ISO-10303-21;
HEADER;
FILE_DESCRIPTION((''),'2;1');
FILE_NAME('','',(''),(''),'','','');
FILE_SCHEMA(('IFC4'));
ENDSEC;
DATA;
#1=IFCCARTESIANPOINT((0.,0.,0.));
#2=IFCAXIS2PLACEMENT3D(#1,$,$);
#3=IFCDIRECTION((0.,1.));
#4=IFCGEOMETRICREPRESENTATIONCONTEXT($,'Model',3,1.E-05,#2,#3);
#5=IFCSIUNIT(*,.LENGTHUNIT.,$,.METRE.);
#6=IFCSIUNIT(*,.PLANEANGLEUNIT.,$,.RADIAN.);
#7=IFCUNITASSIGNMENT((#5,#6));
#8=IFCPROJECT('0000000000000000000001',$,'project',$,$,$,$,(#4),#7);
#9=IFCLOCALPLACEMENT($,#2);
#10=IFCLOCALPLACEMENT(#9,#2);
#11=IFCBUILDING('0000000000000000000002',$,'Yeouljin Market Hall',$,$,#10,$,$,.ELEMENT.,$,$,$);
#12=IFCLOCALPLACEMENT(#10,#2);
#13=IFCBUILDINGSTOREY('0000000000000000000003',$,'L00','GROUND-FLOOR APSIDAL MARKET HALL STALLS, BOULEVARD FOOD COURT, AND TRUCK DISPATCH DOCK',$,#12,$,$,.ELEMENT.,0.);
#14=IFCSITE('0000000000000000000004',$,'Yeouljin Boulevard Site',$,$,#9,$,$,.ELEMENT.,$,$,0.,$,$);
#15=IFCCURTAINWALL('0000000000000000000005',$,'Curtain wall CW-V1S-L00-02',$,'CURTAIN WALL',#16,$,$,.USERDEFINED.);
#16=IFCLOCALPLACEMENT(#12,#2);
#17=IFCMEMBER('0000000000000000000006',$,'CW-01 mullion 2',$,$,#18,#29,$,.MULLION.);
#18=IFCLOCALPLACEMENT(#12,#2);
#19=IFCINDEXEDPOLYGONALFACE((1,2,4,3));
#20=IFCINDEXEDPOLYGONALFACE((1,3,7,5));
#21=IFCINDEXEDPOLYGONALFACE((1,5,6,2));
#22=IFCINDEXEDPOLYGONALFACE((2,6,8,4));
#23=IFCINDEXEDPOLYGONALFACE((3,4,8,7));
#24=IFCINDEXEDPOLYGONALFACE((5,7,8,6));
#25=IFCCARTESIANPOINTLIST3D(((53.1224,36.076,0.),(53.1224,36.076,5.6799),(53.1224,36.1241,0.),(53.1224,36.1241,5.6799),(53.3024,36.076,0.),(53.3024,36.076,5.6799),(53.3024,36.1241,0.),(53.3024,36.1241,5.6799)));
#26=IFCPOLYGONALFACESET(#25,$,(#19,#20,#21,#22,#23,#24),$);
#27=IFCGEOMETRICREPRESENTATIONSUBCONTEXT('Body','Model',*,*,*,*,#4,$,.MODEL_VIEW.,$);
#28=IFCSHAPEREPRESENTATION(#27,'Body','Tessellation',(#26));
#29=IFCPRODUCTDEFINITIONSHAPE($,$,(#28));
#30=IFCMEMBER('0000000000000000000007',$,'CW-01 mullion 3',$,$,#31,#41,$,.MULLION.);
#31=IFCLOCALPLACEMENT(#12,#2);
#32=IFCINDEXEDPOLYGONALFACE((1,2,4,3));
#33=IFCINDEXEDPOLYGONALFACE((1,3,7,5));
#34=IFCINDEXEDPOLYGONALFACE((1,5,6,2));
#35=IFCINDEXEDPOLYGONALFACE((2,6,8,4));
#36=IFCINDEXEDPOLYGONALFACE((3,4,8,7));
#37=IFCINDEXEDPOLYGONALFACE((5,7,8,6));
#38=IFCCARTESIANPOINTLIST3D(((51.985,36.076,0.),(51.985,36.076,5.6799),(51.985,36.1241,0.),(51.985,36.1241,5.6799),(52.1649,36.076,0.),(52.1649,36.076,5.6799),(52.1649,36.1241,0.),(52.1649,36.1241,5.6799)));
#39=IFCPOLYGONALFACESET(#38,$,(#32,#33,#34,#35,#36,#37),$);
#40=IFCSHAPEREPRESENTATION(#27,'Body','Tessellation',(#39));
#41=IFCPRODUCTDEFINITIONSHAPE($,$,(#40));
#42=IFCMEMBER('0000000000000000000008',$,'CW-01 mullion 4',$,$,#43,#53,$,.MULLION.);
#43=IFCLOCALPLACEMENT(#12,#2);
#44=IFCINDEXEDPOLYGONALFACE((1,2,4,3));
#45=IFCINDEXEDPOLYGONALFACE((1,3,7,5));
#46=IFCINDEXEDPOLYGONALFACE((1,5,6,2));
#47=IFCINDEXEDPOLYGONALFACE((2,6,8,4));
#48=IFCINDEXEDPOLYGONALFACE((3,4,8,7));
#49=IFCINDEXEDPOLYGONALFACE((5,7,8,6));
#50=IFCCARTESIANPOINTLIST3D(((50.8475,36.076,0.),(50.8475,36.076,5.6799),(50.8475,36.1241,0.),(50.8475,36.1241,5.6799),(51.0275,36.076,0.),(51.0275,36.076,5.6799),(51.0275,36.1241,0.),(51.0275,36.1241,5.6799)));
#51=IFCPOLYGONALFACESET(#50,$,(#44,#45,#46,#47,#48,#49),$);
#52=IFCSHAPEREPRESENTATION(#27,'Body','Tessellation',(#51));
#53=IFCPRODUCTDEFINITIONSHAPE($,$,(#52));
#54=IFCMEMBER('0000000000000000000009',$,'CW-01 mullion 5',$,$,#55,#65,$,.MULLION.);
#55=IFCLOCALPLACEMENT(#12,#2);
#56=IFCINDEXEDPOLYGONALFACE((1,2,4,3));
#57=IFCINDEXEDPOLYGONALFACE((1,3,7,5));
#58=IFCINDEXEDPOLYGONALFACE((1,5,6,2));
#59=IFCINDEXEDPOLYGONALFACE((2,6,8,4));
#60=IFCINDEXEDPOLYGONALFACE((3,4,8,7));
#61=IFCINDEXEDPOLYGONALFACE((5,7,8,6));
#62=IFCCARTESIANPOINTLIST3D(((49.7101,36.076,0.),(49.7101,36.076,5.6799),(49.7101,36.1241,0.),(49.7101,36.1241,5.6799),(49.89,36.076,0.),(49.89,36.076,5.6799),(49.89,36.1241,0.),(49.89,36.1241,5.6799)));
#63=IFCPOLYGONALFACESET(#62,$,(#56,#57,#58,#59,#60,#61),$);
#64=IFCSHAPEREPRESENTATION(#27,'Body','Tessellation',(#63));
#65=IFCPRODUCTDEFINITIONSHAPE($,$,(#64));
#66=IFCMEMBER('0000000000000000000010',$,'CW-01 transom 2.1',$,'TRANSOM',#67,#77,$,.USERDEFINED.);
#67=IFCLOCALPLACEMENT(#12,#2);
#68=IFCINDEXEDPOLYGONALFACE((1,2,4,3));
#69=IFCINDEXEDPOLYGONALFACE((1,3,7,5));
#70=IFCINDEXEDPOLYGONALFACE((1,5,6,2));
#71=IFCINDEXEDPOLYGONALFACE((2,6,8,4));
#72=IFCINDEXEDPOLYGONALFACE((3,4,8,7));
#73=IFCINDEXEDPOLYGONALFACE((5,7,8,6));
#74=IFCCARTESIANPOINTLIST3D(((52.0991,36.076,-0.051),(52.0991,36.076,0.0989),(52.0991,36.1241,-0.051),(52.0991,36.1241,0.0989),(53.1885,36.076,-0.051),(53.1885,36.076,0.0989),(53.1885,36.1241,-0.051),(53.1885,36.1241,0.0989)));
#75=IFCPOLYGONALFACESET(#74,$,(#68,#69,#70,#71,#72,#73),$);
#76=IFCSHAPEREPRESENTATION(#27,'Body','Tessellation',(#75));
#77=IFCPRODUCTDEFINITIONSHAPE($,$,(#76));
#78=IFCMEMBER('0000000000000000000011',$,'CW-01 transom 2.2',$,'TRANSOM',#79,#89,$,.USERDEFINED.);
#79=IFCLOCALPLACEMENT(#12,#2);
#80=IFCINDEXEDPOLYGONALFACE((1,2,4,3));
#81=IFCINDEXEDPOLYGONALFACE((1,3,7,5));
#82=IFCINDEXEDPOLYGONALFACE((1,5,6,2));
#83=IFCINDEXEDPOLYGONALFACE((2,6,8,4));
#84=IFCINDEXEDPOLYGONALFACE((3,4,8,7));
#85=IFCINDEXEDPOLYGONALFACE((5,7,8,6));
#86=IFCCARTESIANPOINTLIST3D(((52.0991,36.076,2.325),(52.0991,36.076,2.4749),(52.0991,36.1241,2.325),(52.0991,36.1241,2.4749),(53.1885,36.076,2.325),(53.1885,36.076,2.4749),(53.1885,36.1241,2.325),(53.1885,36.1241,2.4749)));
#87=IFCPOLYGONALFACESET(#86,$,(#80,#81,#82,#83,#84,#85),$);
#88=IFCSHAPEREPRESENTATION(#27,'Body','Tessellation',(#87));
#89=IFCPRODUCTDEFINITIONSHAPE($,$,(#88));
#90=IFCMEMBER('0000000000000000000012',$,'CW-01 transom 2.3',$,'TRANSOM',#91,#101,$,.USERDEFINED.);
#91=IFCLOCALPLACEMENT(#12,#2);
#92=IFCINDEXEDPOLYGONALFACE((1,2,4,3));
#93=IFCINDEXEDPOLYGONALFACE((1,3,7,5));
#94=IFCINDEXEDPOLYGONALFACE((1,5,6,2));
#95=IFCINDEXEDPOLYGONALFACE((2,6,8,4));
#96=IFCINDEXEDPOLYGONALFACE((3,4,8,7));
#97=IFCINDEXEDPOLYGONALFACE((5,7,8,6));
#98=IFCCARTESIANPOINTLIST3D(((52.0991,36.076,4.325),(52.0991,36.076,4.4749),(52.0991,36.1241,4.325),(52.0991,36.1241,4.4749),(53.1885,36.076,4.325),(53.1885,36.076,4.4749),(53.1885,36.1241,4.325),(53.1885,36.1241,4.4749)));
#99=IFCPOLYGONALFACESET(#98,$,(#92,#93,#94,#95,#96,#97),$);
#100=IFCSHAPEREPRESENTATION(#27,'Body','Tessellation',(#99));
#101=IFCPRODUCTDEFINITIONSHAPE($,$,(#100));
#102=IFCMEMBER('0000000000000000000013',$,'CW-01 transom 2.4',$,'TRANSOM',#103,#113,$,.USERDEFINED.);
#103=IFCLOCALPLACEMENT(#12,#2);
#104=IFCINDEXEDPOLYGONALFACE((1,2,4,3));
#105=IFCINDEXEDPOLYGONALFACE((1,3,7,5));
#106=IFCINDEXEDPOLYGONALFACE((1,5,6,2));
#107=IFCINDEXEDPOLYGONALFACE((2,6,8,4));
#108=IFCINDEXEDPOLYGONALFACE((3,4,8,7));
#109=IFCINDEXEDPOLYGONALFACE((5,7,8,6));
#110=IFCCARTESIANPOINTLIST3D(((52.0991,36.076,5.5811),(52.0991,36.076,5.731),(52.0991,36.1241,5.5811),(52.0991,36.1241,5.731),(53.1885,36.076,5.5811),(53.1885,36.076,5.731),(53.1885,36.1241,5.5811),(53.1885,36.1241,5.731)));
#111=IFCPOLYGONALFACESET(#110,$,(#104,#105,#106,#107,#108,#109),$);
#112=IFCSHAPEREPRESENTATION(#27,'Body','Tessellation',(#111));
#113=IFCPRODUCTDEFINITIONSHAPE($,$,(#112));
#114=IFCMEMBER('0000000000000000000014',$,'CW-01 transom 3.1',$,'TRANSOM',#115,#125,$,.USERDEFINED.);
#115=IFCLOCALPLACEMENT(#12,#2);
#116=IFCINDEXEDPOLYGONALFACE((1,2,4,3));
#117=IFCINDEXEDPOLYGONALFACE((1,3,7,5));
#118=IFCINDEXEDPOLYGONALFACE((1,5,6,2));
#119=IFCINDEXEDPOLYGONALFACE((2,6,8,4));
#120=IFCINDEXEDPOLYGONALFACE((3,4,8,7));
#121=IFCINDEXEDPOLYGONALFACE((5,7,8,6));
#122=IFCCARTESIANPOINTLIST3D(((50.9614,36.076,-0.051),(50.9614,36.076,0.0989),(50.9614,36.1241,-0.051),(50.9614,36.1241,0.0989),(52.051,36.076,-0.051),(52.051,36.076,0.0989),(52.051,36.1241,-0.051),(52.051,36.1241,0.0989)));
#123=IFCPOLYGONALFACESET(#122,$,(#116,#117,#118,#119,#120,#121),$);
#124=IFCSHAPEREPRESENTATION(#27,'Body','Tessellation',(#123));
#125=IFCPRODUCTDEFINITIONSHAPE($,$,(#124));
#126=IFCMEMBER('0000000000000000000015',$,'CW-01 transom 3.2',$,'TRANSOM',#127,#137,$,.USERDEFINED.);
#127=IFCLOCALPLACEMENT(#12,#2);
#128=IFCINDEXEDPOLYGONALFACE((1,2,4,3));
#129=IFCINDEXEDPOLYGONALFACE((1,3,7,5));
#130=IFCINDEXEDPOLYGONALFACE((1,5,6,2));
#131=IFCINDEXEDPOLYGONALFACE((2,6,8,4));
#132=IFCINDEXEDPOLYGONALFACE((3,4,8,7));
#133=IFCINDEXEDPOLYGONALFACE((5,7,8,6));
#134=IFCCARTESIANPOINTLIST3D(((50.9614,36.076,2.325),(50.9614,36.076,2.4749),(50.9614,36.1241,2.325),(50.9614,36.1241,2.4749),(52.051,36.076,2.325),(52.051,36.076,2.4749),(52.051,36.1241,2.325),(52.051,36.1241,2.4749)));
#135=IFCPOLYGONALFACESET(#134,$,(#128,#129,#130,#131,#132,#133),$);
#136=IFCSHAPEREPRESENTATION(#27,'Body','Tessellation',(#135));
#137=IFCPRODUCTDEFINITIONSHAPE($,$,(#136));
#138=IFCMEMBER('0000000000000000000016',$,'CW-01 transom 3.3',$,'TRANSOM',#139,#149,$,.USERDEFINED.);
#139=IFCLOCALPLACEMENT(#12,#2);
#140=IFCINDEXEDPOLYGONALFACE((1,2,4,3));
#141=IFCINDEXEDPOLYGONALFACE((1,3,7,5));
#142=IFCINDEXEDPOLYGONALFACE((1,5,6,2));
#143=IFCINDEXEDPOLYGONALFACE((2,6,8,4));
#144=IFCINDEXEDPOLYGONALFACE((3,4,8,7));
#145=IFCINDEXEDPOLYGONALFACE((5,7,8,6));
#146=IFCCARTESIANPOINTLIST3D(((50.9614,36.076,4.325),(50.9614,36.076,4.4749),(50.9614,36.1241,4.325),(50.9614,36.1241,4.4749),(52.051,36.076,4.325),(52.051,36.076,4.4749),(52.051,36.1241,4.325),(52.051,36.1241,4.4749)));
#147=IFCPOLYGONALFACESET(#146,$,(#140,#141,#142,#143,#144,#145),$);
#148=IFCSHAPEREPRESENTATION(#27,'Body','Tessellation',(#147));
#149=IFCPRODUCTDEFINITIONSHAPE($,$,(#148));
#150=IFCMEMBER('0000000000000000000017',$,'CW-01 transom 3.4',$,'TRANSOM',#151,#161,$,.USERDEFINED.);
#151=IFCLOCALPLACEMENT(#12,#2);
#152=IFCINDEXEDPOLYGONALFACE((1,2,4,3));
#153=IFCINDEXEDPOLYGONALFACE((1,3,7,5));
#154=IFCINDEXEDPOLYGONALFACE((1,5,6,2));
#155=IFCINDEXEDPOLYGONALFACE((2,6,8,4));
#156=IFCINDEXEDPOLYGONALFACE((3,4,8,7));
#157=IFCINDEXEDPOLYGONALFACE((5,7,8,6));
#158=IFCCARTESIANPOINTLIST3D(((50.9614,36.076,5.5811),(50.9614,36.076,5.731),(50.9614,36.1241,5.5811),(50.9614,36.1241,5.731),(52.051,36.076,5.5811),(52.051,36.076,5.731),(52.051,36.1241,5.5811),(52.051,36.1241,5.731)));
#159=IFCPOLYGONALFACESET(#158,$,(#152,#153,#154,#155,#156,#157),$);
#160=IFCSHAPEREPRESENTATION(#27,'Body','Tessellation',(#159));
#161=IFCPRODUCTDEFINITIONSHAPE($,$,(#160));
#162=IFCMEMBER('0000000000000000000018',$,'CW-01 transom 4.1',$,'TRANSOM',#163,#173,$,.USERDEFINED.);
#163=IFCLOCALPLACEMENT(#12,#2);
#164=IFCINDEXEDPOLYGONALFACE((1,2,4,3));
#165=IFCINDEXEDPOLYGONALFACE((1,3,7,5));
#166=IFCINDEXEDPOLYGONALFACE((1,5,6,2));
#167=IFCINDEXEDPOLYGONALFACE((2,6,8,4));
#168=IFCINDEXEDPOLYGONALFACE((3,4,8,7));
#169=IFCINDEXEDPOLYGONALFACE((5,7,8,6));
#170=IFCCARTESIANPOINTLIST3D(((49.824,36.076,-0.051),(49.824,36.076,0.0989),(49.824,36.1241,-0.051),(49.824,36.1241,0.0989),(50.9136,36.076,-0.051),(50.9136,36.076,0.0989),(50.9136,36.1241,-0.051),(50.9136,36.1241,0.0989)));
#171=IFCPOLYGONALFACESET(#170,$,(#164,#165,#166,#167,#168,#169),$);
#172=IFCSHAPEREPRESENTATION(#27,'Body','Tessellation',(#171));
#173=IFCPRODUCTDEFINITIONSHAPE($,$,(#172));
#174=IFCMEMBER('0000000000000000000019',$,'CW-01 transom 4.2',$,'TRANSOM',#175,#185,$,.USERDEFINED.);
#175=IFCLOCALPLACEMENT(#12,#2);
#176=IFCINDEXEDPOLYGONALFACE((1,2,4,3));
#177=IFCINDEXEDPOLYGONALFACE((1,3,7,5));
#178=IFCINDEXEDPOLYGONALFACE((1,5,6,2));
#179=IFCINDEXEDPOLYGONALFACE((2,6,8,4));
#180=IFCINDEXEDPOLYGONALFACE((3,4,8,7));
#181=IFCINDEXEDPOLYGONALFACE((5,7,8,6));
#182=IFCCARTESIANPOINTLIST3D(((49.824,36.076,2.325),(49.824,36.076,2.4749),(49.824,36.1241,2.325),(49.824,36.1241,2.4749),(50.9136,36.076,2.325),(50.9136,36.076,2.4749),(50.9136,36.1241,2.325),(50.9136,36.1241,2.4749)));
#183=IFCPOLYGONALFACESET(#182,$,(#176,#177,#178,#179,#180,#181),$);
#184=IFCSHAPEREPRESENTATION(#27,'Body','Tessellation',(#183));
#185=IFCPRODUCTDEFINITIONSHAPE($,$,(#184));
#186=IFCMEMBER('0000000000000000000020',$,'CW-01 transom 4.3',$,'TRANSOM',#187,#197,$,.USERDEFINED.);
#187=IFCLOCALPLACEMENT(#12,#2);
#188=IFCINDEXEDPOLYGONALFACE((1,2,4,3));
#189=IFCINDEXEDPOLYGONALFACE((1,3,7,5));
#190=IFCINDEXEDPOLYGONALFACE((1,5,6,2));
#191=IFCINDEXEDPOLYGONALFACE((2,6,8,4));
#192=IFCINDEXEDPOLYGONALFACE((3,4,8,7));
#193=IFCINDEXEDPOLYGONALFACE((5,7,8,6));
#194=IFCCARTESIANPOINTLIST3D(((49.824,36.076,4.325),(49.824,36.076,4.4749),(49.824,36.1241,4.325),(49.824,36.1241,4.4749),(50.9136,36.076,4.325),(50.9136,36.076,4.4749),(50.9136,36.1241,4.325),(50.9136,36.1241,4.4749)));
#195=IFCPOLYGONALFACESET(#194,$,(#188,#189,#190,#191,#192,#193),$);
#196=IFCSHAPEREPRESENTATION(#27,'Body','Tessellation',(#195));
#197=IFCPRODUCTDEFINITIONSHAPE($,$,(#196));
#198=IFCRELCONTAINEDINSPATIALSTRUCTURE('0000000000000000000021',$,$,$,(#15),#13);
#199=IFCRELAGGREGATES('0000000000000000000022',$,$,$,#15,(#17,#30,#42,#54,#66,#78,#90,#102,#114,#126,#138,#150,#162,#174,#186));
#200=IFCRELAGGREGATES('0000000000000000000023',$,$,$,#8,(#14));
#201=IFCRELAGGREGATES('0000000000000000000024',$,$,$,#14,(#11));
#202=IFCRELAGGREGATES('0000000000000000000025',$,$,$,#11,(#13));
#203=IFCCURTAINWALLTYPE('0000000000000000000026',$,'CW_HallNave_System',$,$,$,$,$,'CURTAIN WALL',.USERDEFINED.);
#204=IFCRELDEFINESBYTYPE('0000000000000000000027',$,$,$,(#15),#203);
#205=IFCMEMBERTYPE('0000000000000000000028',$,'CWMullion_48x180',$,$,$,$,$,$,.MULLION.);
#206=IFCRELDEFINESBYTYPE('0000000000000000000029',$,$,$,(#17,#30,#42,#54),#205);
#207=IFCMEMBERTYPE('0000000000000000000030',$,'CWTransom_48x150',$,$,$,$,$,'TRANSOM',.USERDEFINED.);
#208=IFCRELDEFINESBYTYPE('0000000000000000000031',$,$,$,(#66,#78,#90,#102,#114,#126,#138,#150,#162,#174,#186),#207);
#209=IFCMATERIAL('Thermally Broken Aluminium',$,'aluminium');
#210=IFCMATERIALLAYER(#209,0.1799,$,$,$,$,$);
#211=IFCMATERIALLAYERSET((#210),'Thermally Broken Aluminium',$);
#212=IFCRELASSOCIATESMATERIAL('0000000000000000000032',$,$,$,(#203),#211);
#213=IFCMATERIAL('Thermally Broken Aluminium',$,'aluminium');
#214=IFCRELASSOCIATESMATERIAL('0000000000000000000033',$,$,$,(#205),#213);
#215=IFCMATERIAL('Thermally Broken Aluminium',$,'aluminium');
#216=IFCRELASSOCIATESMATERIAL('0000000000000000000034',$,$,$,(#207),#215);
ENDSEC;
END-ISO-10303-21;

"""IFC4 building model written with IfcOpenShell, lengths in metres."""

from ifc_helpers import new_model, si_unit, direction, frame, origin, origin_2d, place, context, subcontext, project, spatial, rectangle, extrude, material, layer, layer_set, material_profile, profile_set, type_object, element, aggregate, save


model = new_model("IFC4")

# Units and contexts
model_context = context("Model", 3, precision=1e-05, world=origin(), true_north=direction((0.0, 1.0)))
body_context = subcontext(model_context, "Body", "Model", "MODEL_VIEW")
ifc_project = project(units=[si_unit("LENGTHUNIT", "METRE"), si_unit("PLANEANGLEUNIT", "RADIAN")], contexts=[model_context])

# Site, building, storey
site_placement = place(None, origin())
site = spatial("IfcSite", under=ifc_project, at=site_placement, Name="Yeouljin Boulevard Site", CompositionType="ELEMENT", RefElevation=0.0)
building_placement = place(site_placement, origin())
building = spatial("IfcBuilding", under=site, at=building_placement, Name="Yeouljin Market Hall", CompositionType="ELEMENT")
storey_placement = place(building_placement, origin())
storey = spatial("IfcBuildingStorey", under=building, at=storey_placement, Name="L00", Description="GROUND-FLOOR APSIDAL MARKET HALL STALLS, BOULEVARD FOOD COURT, AND TRUCK DISPATCH DOCK", CompositionType="ELEMENT", Elevation=0.0)

# Curtain wall, members
ifc_material_1 = material(Name="Thermally Broken Aluminium", Category="aluminium")
ifc_layer_1 = layer(ifc_material_1, 0.1799)
ifc_layer_set_1 = layer_set([ifc_layer_1], Name="Thermally Broken Aluminium")
curtain_wall_type = type_object("IfcCurtainWallType", Name="CW_HallNave_System", ElementType="CURTAIN WALL", PredefinedType="USERDEFINED", material=ifc_layer_set_1)
curtain_wall_placement = place(storey_placement, origin())
curtain_wall = element("IfcCurtainWall", 1, at=curtain_wall_placement, inside=storey, type_object=curtain_wall_type, Name="Curtain wall CW-V1S-L00-02", ObjectType="CURTAIN WALL", PredefinedType="USERDEFINED")
ifc_material_2 = material(Name="Thermally Broken Aluminium", Category="aluminium")
ifc_material_profile_1 = material_profile(ifc_material_2, rectangle(XDim=0.0481, YDim=0.1799, at=origin_2d()), Name="CW-MULL-48x180")
ifc_profile_set_1 = profile_set([ifc_material_profile_1], Name="Thermally Broken Aluminium")
member_type_1 = type_object("IfcMemberType", Name="CWMullion_48x180", PredefinedType="MULLION", material=ifc_profile_set_1)
member_1_placement = place(storey_placement, frame((53.2124, 36.1001, 0.0), z_axis=(0.0, 0.0, 1.0), x_axis=(0.0, -1.0, 0.0)))
member_1 = element("IfcMember", 2, at=member_1_placement, type_object=member_type_1, Name="CW-01 mullion 2", PredefinedType="MULLION", context=body_context, shape_type="SweptSolid", body=[
    extrude(rectangle(XDim=0.0481, YDim=0.1799, at=origin_2d()), origin(), (0.0, 0.0, 1.0), 5.6799),
])
member_2_placement = place(storey_placement, frame((52.075, 36.1001, 0.0), z_axis=(0.0, 0.0, 1.0), x_axis=(0.0, -1.0, 0.0)))
member_2 = element("IfcMember", 3, at=member_2_placement, type_object=member_type_1, Name="CW-01 mullion 3", PredefinedType="MULLION", context=body_context, shape_type="SweptSolid", body=[
    extrude(rectangle(XDim=0.0481, YDim=0.1799, at=origin_2d()), origin(), (0.0, 0.0, 1.0), 5.6799),
])
member_3_placement = place(storey_placement, frame((50.9375, 36.1001, 0.0), z_axis=(0.0, 0.0, 1.0), x_axis=(0.0, -1.0, 0.0)))
member_3 = element("IfcMember", 4, at=member_3_placement, type_object=member_type_1, Name="CW-01 mullion 4", PredefinedType="MULLION", context=body_context, shape_type="SweptSolid", body=[
    extrude(rectangle(XDim=0.0481, YDim=0.1799, at=origin_2d()), origin(), (0.0, 0.0, 1.0), 5.6799),
])
member_4_placement = place(storey_placement, frame((49.8, 36.1001, 0.0), z_axis=(0.0, 0.0, 1.0), x_axis=(0.0, -1.0, 0.0)))
member_4 = element("IfcMember", 5, at=member_4_placement, type_object=member_type_1, Name="CW-01 mullion 5", PredefinedType="MULLION", context=body_context, shape_type="SweptSolid", body=[
    extrude(rectangle(XDim=0.0481, YDim=0.1799, at=origin_2d()), origin(), (0.0, 0.0, 1.0), 5.6799),
])
ifc_material_3 = material(Name="Thermally Broken Aluminium", Category="aluminium")
ifc_material_profile_2 = material_profile(ifc_material_3, rectangle(XDim=0.0481, YDim=0.1499, at=origin_2d()), Name="CW-TRAN-48x150")
ifc_profile_set_2 = profile_set([ifc_material_profile_2], Name="Thermally Broken Aluminium")
member_type_2 = type_object("IfcMemberType", Name="CWTransom_48x150", ElementType="TRANSOM", PredefinedType="USERDEFINED", material=ifc_profile_set_2)
member_5_placement = place(storey_placement, frame((53.1885, 36.1001, 0.0239), z_axis=(-1.0, 0.0, 0.0), x_axis=(0.0, -1.0, 0.0)))
member_5 = element("IfcMember", 6, at=member_5_placement, type_object=member_type_2, Name="CW-01 transom 2.1", ObjectType="TRANSOM", PredefinedType="USERDEFINED", context=body_context, shape_type="SweptSolid", body=[
    extrude(rectangle(XDim=0.0481, YDim=0.1499, at=origin_2d()), origin(), (0.0, 0.0, 1.0), 1.0894),
])
member_6_placement = place(storey_placement, frame((53.1885, 36.1001, 2.3999), z_axis=(-1.0, 0.0, 0.0), x_axis=(0.0, -1.0, 0.0)))
member_6 = element("IfcMember", 7, at=member_6_placement, type_object=member_type_2, Name="CW-01 transom 2.2", ObjectType="TRANSOM", PredefinedType="USERDEFINED", context=body_context, shape_type="SweptSolid", body=[
    extrude(rectangle(XDim=0.0481, YDim=0.1499, at=origin_2d()), origin(), (0.0, 0.0, 1.0), 1.0894),
])
member_7_placement = place(storey_placement, frame((53.1885, 36.1001, 4.3999), z_axis=(-1.0, 0.0, 0.0), x_axis=(0.0, -1.0, 0.0)))
member_7 = element("IfcMember", 8, at=member_7_placement, type_object=member_type_2, Name="CW-01 transom 2.3", ObjectType="TRANSOM", PredefinedType="USERDEFINED", context=body_context, shape_type="SweptSolid", body=[
    extrude(rectangle(XDim=0.0481, YDim=0.1499, at=origin_2d()), origin(), (0.0, 0.0, 1.0), 1.0894),
])
member_8_placement = place(storey_placement, frame((53.1885, 36.1001, 5.656), z_axis=(-1.0, 0.0, 0.0), x_axis=(0.0, -1.0, 0.0)))
member_8 = element("IfcMember", 9, at=member_8_placement, type_object=member_type_2, Name="CW-01 transom 2.4", ObjectType="TRANSOM", PredefinedType="USERDEFINED", context=body_context, shape_type="SweptSolid", body=[
    extrude(rectangle(XDim=0.0481, YDim=0.1499, at=origin_2d()), origin(), (0.0, 0.0, 1.0), 1.0894),
])
member_9_placement = place(storey_placement, frame((52.051, 36.1001, 0.0239), z_axis=(-1.0, 0.0, 0.0), x_axis=(0.0, -1.0, 0.0)))
member_9 = element("IfcMember", 10, at=member_9_placement, type_object=member_type_2, Name="CW-01 transom 3.1", ObjectType="TRANSOM", PredefinedType="USERDEFINED", context=body_context, shape_type="SweptSolid", body=[
    extrude(rectangle(XDim=0.0481, YDim=0.1499, at=origin_2d()), origin(), (0.0, 0.0, 1.0), 1.0896),
])
member_10_placement = place(storey_placement, frame((52.051, 36.1001, 2.3999), z_axis=(-1.0, 0.0, 0.0), x_axis=(0.0, -1.0, 0.0)))
member_10 = element("IfcMember", 11, at=member_10_placement, type_object=member_type_2, Name="CW-01 transom 3.2", ObjectType="TRANSOM", PredefinedType="USERDEFINED", context=body_context, shape_type="SweptSolid", body=[
    extrude(rectangle(XDim=0.0481, YDim=0.1499, at=origin_2d()), origin(), (0.0, 0.0, 1.0), 1.0896),
])
member_11_placement = place(storey_placement, frame((52.051, 36.1001, 4.3999), z_axis=(-1.0, 0.0, 0.0), x_axis=(0.0, -1.0, 0.0)))
member_11 = element("IfcMember", 12, at=member_11_placement, type_object=member_type_2, Name="CW-01 transom 3.3", ObjectType="TRANSOM", PredefinedType="USERDEFINED", context=body_context, shape_type="SweptSolid", body=[
    extrude(rectangle(XDim=0.0481, YDim=0.1499, at=origin_2d()), origin(), (0.0, 0.0, 1.0), 1.0896),
])
member_12_placement = place(storey_placement, frame((52.051, 36.1001, 5.656), z_axis=(-1.0, 0.0, 0.0), x_axis=(0.0, -1.0, 0.0)))
member_12 = element("IfcMember", 13, at=member_12_placement, type_object=member_type_2, Name="CW-01 transom 3.4", ObjectType="TRANSOM", PredefinedType="USERDEFINED", context=body_context, shape_type="SweptSolid", body=[
    extrude(rectangle(XDim=0.0481, YDim=0.1499, at=origin_2d()), origin(), (0.0, 0.0, 1.0), 1.0896),
])
member_13_placement = place(storey_placement, frame((50.9136, 36.1001, 0.0239), z_axis=(-1.0, 0.0, 0.0), x_axis=(0.0, -1.0, 0.0)))
member_13 = element("IfcMember", 14, at=member_13_placement, type_object=member_type_2, Name="CW-01 transom 4.1", ObjectType="TRANSOM", PredefinedType="USERDEFINED", context=body_context, shape_type="SweptSolid", body=[
    extrude(rectangle(XDim=0.0481, YDim=0.1499, at=origin_2d()), origin(), (0.0, 0.0, 1.0), 1.0896),
])
member_14_placement = place(storey_placement, frame((50.9136, 36.1001, 2.3999), z_axis=(-1.0, 0.0, 0.0), x_axis=(0.0, -1.0, 0.0)))
member_14 = element("IfcMember", 15, at=member_14_placement, type_object=member_type_2, Name="CW-01 transom 4.2", ObjectType="TRANSOM", PredefinedType="USERDEFINED", context=body_context, shape_type="SweptSolid", body=[
    extrude(rectangle(XDim=0.0481, YDim=0.1499, at=origin_2d()), origin(), (0.0, 0.0, 1.0), 1.0896),
])
member_15_placement = place(storey_placement, frame((50.9136, 36.1001, 4.3999), z_axis=(-1.0, 0.0, 0.0), x_axis=(0.0, -1.0, 0.0)))
member_15 = element("IfcMember", 16, at=member_15_placement, type_object=member_type_2, Name="CW-01 transom 4.3", ObjectType="TRANSOM", PredefinedType="USERDEFINED", context=body_context, shape_type="SweptSolid", body=[
    extrude(rectangle(XDim=0.0481, YDim=0.1499, at=origin_2d()), origin(), (0.0, 0.0, 1.0), 1.0896),
])
aggregate(curtain_wall, [member_1, member_2, member_3, member_4, member_5, member_6, member_7, member_8, member_9, member_10, member_11, member_12, member_13, member_14, member_15])

save(model, "model.ifc")
